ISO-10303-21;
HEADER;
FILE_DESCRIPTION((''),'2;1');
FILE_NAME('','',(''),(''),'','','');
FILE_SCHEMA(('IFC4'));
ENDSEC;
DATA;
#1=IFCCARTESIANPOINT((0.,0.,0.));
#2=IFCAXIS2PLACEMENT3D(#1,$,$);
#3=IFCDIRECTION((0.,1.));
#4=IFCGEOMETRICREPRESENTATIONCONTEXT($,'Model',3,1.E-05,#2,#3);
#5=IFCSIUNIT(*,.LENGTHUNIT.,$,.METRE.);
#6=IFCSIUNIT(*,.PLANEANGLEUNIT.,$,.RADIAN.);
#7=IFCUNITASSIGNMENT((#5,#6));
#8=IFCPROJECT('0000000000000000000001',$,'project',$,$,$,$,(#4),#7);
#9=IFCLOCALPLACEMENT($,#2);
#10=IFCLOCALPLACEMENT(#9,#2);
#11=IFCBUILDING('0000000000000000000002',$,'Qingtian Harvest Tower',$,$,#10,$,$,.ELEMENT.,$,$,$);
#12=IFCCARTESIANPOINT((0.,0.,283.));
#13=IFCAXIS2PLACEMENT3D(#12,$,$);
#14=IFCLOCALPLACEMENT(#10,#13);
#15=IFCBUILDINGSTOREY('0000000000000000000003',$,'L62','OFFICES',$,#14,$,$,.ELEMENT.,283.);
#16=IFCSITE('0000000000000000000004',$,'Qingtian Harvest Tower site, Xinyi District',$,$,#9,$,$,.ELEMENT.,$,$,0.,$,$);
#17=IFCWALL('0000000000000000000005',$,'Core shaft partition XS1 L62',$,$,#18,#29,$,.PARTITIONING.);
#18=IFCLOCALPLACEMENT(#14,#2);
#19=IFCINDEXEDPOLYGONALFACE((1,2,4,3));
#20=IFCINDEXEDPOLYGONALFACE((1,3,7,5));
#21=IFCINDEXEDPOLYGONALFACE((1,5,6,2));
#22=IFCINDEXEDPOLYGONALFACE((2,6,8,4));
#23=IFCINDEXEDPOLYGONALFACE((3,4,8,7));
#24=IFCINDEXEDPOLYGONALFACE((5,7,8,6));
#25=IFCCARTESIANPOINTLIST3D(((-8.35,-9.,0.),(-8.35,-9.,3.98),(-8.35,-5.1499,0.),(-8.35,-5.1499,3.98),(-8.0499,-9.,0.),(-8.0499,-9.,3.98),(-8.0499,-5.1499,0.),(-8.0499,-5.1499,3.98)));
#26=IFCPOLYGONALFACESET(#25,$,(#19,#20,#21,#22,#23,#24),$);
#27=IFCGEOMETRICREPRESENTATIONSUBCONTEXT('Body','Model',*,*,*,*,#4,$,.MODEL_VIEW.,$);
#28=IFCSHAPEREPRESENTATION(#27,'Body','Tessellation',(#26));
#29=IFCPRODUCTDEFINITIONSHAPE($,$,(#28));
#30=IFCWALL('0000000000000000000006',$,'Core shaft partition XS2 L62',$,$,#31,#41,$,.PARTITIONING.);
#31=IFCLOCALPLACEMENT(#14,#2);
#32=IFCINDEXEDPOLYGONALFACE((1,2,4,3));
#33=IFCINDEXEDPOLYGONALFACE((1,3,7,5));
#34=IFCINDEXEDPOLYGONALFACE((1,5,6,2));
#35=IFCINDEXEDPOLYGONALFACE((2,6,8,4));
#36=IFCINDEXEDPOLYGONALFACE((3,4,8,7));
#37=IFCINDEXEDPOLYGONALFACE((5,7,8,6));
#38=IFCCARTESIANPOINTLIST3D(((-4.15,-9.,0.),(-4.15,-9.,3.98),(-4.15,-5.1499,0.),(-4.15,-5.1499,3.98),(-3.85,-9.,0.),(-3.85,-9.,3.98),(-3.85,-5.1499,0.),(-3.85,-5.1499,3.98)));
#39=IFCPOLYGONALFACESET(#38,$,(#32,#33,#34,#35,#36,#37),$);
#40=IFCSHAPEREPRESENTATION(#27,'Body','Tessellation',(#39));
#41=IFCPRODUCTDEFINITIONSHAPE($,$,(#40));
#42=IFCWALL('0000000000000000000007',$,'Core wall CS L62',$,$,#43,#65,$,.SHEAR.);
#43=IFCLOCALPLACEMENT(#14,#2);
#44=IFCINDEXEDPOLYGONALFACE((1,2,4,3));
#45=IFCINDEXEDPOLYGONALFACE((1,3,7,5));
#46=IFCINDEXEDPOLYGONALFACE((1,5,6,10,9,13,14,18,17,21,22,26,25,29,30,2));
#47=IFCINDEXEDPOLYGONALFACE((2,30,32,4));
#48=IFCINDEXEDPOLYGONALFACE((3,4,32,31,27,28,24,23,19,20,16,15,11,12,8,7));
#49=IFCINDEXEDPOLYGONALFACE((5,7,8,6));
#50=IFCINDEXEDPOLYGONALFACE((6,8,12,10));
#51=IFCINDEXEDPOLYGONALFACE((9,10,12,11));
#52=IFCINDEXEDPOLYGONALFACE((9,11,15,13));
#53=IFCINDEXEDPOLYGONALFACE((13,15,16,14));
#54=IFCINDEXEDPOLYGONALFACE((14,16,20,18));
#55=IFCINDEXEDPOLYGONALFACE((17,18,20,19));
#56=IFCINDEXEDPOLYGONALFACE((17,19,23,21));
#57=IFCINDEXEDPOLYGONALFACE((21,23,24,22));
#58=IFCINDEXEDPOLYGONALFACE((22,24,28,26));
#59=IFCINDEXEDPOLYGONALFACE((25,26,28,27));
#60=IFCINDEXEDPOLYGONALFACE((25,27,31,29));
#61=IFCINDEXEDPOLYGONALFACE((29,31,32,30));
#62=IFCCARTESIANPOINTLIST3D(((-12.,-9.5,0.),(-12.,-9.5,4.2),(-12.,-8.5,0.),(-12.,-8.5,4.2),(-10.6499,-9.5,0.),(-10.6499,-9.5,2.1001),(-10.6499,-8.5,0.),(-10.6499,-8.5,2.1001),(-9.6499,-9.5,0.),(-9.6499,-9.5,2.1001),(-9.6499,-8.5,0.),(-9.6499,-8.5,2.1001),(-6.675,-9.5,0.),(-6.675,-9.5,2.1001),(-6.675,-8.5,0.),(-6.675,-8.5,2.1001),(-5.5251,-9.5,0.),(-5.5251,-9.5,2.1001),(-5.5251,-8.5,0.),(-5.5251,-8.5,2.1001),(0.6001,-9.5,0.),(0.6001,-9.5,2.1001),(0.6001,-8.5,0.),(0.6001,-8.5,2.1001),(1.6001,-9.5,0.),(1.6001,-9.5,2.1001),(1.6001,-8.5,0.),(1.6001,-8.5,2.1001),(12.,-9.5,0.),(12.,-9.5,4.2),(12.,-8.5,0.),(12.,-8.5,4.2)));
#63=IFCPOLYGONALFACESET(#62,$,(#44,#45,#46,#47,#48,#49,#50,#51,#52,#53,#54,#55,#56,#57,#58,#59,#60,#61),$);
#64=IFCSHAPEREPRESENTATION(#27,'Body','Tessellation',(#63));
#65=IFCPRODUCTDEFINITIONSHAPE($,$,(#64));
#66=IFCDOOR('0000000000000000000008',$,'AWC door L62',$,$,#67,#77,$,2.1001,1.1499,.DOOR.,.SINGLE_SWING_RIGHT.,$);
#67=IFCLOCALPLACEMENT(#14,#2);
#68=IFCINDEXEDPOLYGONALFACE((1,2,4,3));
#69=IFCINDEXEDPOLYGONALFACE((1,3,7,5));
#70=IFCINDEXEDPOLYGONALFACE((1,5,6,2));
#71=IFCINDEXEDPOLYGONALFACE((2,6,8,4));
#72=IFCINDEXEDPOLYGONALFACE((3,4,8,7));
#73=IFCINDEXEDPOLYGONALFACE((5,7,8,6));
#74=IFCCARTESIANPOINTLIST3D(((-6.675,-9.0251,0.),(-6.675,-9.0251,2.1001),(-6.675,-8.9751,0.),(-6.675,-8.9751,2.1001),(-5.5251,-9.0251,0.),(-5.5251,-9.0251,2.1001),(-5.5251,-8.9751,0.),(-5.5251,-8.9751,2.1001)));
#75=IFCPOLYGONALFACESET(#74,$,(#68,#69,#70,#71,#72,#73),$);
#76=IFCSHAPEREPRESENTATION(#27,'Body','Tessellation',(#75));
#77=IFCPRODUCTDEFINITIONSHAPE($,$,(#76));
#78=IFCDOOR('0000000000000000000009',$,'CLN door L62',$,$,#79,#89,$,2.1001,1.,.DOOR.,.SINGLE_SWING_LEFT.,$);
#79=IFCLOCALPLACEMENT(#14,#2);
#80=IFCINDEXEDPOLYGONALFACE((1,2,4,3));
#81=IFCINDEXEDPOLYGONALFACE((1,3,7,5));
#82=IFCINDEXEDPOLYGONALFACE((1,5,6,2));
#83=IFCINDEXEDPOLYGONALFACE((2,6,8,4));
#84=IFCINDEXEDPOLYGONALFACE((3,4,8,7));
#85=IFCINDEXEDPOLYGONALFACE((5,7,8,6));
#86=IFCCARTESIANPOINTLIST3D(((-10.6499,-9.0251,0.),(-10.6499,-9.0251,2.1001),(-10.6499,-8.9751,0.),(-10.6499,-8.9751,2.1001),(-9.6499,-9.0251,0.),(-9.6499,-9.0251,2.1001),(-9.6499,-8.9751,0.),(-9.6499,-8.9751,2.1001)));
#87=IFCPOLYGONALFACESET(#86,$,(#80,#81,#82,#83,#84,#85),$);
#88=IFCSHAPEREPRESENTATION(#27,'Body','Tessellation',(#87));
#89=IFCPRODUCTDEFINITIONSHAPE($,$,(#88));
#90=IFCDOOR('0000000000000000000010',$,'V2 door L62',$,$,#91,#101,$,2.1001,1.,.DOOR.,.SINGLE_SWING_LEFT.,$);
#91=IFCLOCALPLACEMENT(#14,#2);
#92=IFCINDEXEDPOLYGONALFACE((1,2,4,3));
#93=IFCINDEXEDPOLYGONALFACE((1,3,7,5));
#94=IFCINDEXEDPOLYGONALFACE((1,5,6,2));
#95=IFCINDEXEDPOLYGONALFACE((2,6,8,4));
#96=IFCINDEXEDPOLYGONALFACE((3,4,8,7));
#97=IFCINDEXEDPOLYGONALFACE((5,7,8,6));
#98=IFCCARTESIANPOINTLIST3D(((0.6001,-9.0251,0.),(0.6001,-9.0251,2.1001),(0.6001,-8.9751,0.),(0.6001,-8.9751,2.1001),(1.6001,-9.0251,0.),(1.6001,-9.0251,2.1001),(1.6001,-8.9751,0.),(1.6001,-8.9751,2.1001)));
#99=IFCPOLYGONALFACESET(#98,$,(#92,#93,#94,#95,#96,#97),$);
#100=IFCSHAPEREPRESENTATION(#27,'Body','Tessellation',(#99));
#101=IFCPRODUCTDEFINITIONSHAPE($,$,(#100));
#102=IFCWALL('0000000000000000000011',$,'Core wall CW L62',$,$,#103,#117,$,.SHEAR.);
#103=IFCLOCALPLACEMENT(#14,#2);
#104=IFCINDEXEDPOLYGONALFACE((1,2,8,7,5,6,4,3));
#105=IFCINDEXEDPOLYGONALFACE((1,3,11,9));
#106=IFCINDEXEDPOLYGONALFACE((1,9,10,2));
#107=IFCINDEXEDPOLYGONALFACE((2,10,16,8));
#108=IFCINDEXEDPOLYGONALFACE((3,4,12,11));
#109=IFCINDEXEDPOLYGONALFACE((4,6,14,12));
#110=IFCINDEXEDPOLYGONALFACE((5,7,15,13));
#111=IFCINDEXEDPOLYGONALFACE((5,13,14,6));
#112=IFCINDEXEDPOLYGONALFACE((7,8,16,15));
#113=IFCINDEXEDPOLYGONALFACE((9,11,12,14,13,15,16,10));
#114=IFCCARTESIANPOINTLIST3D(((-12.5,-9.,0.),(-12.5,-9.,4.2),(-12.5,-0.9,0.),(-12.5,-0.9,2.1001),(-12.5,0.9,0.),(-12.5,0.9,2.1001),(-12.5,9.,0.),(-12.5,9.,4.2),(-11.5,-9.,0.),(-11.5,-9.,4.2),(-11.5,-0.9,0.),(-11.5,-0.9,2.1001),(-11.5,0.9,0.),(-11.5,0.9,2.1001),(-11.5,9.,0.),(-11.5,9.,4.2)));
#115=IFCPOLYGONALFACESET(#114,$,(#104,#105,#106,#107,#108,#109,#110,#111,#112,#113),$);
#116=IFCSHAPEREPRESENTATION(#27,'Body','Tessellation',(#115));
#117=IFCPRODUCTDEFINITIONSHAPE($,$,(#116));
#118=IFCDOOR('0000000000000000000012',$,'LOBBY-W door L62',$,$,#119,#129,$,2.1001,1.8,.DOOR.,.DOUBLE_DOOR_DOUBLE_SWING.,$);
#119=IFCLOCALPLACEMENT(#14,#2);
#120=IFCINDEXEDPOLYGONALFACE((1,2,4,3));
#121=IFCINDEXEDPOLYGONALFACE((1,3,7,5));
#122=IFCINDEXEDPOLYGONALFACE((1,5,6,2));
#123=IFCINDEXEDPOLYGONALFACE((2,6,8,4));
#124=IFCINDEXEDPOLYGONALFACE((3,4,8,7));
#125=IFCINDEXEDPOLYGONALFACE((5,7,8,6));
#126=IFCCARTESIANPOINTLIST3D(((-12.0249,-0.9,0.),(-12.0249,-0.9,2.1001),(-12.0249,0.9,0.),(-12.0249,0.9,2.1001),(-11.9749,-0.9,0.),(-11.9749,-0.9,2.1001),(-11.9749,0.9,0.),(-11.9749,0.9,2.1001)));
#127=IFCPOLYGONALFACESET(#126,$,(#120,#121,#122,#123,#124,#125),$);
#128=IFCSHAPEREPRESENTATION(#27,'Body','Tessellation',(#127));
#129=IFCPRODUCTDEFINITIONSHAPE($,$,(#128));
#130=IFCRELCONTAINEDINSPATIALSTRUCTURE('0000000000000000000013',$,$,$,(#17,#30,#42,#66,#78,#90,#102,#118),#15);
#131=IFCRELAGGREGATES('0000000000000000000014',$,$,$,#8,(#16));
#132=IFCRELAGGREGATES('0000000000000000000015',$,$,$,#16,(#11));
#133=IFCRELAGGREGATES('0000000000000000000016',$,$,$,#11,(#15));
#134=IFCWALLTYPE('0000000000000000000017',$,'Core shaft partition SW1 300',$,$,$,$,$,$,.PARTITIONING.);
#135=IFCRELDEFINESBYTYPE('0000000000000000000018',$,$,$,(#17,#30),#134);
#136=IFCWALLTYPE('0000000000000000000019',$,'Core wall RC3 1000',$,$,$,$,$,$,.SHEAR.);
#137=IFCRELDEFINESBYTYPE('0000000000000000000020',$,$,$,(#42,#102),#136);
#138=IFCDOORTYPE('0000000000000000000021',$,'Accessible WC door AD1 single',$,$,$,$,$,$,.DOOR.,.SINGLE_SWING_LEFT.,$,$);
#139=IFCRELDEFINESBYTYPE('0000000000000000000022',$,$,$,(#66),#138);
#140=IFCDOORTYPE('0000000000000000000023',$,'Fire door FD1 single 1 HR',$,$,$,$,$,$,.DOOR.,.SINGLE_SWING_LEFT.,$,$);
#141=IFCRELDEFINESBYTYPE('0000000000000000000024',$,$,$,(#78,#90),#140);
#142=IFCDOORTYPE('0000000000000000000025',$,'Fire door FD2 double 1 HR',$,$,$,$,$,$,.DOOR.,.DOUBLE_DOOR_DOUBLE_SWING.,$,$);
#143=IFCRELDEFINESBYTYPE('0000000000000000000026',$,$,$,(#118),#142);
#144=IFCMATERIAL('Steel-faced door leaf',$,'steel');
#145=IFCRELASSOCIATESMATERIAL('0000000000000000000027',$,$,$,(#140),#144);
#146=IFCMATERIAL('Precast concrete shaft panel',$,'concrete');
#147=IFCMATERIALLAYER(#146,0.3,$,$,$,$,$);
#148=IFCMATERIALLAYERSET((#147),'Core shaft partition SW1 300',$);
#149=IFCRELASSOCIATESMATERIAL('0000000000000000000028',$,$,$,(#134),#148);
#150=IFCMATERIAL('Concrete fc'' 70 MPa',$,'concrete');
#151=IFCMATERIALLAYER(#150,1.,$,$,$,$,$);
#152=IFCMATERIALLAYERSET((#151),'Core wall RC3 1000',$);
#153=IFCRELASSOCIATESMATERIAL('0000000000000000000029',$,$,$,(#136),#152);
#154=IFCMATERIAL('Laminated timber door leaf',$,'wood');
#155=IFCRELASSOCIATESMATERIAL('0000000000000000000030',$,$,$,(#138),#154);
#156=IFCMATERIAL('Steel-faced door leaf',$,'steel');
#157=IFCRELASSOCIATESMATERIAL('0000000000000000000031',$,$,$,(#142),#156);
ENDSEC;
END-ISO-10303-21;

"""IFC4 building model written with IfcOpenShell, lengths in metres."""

from ifc_helpers import new_model, si_unit, direction, frame, frame_2d, origin, place, context, subcontext, project, spatial, rectangle, extrude, material, layer, layer_set, type_object, element, fill, save


model = new_model("IFC4")

# Units and contexts
model_context = context("Model", 3, precision=1e-05, world=origin(), true_north=direction((0.0, 1.0)))
body_context = subcontext(model_context, "Body", "Model", "MODEL_VIEW")
ifc_project = project(units=[si_unit("LENGTHUNIT", "METRE"), si_unit("PLANEANGLEUNIT", "RADIAN")], contexts=[model_context])

# Site, building, storey
site_placement = place(None, origin())
site = spatial("IfcSite", under=ifc_project, at=site_placement, Name="Qingtian Harvest Tower site, Xinyi District", CompositionType="ELEMENT", RefElevation=0.0)
building_placement = place(site_placement, origin())
building = spatial("IfcBuilding", under=site, at=building_placement, Name="Qingtian Harvest Tower", CompositionType="ELEMENT")
storey_placement = place(building_placement, frame((0.0, 0.0, 283.0)))
storey = spatial("IfcBuildingStorey", under=building, at=storey_placement, Name="L62", Description="OFFICES", CompositionType="ELEMENT", Elevation=283.0)

# Shared definitions
ifc_material_1 = material(Name="Steel-faced door leaf", Category="steel")
door_type_1 = type_object("IfcDoorType", Name="Fire door FD1 single 1 HR", OperationType="SINGLE_SWING_LEFT", PredefinedType="DOOR", material=ifc_material_1)

# Walls
ifc_material_2 = material(Name="Precast concrete shaft panel", Category="concrete")
ifc_layer_1 = layer(ifc_material_2, 0.3)
ifc_layer_set_1 = layer_set([ifc_layer_1], Name="Core shaft partition SW1 300")
wall_type_1 = type_object("IfcWallType", Name="Core shaft partition SW1 300", PredefinedType="PARTITIONING", material=ifc_layer_set_1)
for number, where, z_axis, x_axis, name in (
    (1, (-8.2, -9.0, 0.0), (0.0, 0.0, 1.0), (0.0, 1.0, 0.0), "Core shaft partition XS1 L62"),
    (2, (-4.0, -9.0, 0.0), (0.0, 0.0, 1.0), (0.0, 1.0, 0.0), "Core shaft partition XS2 L62"),
):
    element("IfcWall", number, at=place(storey_placement, frame(where, z_axis=z_axis, x_axis=x_axis)), inside=storey, type_object=wall_type_1, Name=name, PredefinedType="PARTITIONING", context=body_context, shape_type="SweptSolid", body=[
        extrude(rectangle(XDim=3.8501, YDim=0.3, at=frame_2d((1.925, 0.0))), origin(), (0.0, 0.0, 1.0), 3.98),
    ])

# Wall, openings, doors
ifc_material_3 = material(Name="Concrete fc' 70 MPa", Category="concrete")
ifc_layer_2 = layer(ifc_material_3, 1.0)
ifc_layer_set_2 = layer_set([ifc_layer_2], Name="Core wall RC3 1000")
wall_type_2 = type_object("IfcWallType", Name="Core wall RC3 1000", PredefinedType="SHEAR", material=ifc_layer_set_2)
wall_1_placement = place(storey_placement, frame((-12.0, -9.0, 0.0), z_axis=(0.0, 0.0, 1.0), x_axis=(1.0, 0.0, 0.0)))
wall_1 = element("IfcWall", 3, at=wall_1_placement, inside=storey, type_object=wall_type_2, Name="Core wall CS L62", PredefinedType="SHEAR", context=body_context, shape_type="SweptSolid", body=[
    extrude(rectangle(XDim=24.0, YDim=1.0, at=frame_2d((12.0, 0.0))), origin(), (0.0, 0.0, 1.0), 4.2),
])
opening_1_placement = place(wall_1_placement, frame((1.3501, 0.0, 0.0)))
opening_1 = element("IfcOpeningElement", 4, at=opening_1_placement, cuts=wall_1, PredefinedType="OPENING", context=body_context, shape_type="SweptSolid", body=[
    extrude(rectangle(XDim=1.0, YDim=2.1001, at=frame_2d((0.5, 1.05))), frame((0.0, 0.51, 0.0), z_axis=(0.0, -1.0, 0.0), x_axis=(1.0, 0.0, 0.0)), (0.0, 0.0, 1.0), 1.02),
])
opening_2_placement = place(wall_1_placement, frame((5.325, 0.0, 0.0)))
opening_2 = element("IfcOpeningElement", 5, at=opening_2_placement, cuts=wall_1, PredefinedType="OPENING", context=body_context, shape_type="SweptSolid", body=[
    extrude(rectangle(XDim=1.1499, YDim=2.1001, at=frame_2d((0.575, 1.05))), frame((0.0, 0.51, 0.0), z_axis=(0.0, -1.0, 0.0), x_axis=(1.0, 0.0, 0.0)), (0.0, 0.0, 1.0), 1.02),
])
opening_3_placement = place(wall_1_placement, frame((12.6001, 0.0, 0.0)))
opening_3 = element("IfcOpeningElement", 6, at=opening_3_placement, cuts=wall_1, PredefinedType="OPENING", context=body_context, shape_type="SweptSolid", body=[
    extrude(rectangle(XDim=1.0, YDim=2.1001, at=frame_2d((0.5, 1.05))), frame((0.0, 0.51, 0.0), z_axis=(0.0, -1.0, 0.0), x_axis=(1.0, 0.0, 0.0)), (0.0, 0.0, 1.0), 1.02),
])
ifc_material_4 = material(Name="Laminated timber door leaf", Category="wood")
door_type_2 = type_object("IfcDoorType", Name="Accessible WC door AD1 single", OperationType="SINGLE_SWING_LEFT", PredefinedType="DOOR", material=ifc_material_4)
door_1_placement = place(opening_2_placement, origin())
door_1 = element("IfcDoor", 7, at=door_1_placement, inside=storey, type_object=door_type_2, Name="AWC door L62", OperationType="SINGLE_SWING_RIGHT", OverallHeight=2.1001, OverallWidth=1.1499, PredefinedType="DOOR", context=body_context, shape_type="SweptSolid", body=[
    extrude(rectangle(XDim=1.1499, YDim=2.1001, at=frame_2d((0.575, 1.05))), frame((0.0, 0.0249, 0.0), z_axis=(0.0, -1.0, 0.0), x_axis=(1.0, 0.0, 0.0)), (0.0, 0.0, 1.0), 0.05),
])
fill(opening_2, door_1)
door_2_placement = place(opening_1_placement, origin())
door_2 = element("IfcDoor", 8, at=door_2_placement, inside=storey, type_object=door_type_1, Name="CLN door L62", OperationType="SINGLE_SWING_LEFT", OverallHeight=2.1001, OverallWidth=1.0, PredefinedType="DOOR", context=body_context, shape_type="SweptSolid", body=[
    extrude(rectangle(XDim=1.0, YDim=2.1001, at=frame_2d((0.5, 1.05))), frame((0.0, 0.0249, 0.0), z_axis=(0.0, -1.0, 0.0), x_axis=(1.0, 0.0, 0.0)), (0.0, 0.0, 1.0), 0.05),
])
fill(opening_1, door_2)
door_3_placement = place(opening_3_placement, origin())
door_3 = element("IfcDoor", 9, at=door_3_placement, inside=storey, type_object=door_type_1, Name="V2 door L62", OperationType="SINGLE_SWING_LEFT", OverallHeight=2.1001, OverallWidth=1.0, PredefinedType="DOOR", context=body_context, shape_type="SweptSolid", body=[
    extrude(rectangle(XDim=1.0, YDim=2.1001, at=frame_2d((0.5, 1.05))), frame((0.0, 0.0249, 0.0), z_axis=(0.0, -1.0, 0.0), x_axis=(1.0, 0.0, 0.0)), (0.0, 0.0, 1.0), 0.05),
])
fill(opening_3, door_3)

# Wall, opening, door
wall_2_placement = place(storey_placement, frame((-12.0, -9.0, 0.0), z_axis=(0.0, 0.0, 1.0), x_axis=(0.0, 1.0, 0.0)))
wall_2 = element("IfcWall", 10, at=wall_2_placement, inside=storey, type_object=wall_type_2, Name="Core wall CW L62", PredefinedType="SHEAR", context=body_context, shape_type="SweptSolid", body=[
    extrude(rectangle(XDim=18.0, YDim=1.0, at=frame_2d((9.0, 0.0))), origin(), (0.0, 0.0, 1.0), 4.2),
])
opening_4_placement = place(wall_2_placement, frame((8.1001, 0.0, 0.0)))
opening_4 = element("IfcOpeningElement", 11, at=opening_4_placement, cuts=wall_2, PredefinedType="OPENING", context=body_context, shape_type="SweptSolid", body=[
    extrude(rectangle(XDim=1.8, YDim=2.1001, at=frame_2d((0.8999, 1.05))), frame((0.0, 0.51, 0.0), z_axis=(0.0, -1.0, 0.0), x_axis=(1.0, 0.0, 0.0)), (0.0, 0.0, 1.0), 1.02),
])
ifc_material_5 = material(Name="Steel-faced door leaf", Category="steel")
door_type_3 = type_object("IfcDoorType", Name="Fire door FD2 double 1 HR", OperationType="DOUBLE_DOOR_DOUBLE_SWING", PredefinedType="DOOR", material=ifc_material_5)
door_4_placement = place(opening_4_placement, origin())
door_4 = element("IfcDoor", 12, at=door_4_placement, inside=storey, type_object=door_type_3, Name="LOBBY-W door L62", OperationType="DOUBLE_DOOR_DOUBLE_SWING", OverallHeight=2.1001, OverallWidth=1.8, PredefinedType="DOOR", context=body_context, shape_type="SweptSolid", body=[
    extrude(rectangle(XDim=1.8, YDim=2.1001, at=frame_2d((0.8999, 1.05))), frame((0.0, 0.0249, 0.0), z_axis=(0.0, -1.0, 0.0), x_axis=(1.0, 0.0, 0.0)), (0.0, 0.0, 1.0), 0.05),
])
fill(opening_4, door_4)

save(model, "model.ifc")
